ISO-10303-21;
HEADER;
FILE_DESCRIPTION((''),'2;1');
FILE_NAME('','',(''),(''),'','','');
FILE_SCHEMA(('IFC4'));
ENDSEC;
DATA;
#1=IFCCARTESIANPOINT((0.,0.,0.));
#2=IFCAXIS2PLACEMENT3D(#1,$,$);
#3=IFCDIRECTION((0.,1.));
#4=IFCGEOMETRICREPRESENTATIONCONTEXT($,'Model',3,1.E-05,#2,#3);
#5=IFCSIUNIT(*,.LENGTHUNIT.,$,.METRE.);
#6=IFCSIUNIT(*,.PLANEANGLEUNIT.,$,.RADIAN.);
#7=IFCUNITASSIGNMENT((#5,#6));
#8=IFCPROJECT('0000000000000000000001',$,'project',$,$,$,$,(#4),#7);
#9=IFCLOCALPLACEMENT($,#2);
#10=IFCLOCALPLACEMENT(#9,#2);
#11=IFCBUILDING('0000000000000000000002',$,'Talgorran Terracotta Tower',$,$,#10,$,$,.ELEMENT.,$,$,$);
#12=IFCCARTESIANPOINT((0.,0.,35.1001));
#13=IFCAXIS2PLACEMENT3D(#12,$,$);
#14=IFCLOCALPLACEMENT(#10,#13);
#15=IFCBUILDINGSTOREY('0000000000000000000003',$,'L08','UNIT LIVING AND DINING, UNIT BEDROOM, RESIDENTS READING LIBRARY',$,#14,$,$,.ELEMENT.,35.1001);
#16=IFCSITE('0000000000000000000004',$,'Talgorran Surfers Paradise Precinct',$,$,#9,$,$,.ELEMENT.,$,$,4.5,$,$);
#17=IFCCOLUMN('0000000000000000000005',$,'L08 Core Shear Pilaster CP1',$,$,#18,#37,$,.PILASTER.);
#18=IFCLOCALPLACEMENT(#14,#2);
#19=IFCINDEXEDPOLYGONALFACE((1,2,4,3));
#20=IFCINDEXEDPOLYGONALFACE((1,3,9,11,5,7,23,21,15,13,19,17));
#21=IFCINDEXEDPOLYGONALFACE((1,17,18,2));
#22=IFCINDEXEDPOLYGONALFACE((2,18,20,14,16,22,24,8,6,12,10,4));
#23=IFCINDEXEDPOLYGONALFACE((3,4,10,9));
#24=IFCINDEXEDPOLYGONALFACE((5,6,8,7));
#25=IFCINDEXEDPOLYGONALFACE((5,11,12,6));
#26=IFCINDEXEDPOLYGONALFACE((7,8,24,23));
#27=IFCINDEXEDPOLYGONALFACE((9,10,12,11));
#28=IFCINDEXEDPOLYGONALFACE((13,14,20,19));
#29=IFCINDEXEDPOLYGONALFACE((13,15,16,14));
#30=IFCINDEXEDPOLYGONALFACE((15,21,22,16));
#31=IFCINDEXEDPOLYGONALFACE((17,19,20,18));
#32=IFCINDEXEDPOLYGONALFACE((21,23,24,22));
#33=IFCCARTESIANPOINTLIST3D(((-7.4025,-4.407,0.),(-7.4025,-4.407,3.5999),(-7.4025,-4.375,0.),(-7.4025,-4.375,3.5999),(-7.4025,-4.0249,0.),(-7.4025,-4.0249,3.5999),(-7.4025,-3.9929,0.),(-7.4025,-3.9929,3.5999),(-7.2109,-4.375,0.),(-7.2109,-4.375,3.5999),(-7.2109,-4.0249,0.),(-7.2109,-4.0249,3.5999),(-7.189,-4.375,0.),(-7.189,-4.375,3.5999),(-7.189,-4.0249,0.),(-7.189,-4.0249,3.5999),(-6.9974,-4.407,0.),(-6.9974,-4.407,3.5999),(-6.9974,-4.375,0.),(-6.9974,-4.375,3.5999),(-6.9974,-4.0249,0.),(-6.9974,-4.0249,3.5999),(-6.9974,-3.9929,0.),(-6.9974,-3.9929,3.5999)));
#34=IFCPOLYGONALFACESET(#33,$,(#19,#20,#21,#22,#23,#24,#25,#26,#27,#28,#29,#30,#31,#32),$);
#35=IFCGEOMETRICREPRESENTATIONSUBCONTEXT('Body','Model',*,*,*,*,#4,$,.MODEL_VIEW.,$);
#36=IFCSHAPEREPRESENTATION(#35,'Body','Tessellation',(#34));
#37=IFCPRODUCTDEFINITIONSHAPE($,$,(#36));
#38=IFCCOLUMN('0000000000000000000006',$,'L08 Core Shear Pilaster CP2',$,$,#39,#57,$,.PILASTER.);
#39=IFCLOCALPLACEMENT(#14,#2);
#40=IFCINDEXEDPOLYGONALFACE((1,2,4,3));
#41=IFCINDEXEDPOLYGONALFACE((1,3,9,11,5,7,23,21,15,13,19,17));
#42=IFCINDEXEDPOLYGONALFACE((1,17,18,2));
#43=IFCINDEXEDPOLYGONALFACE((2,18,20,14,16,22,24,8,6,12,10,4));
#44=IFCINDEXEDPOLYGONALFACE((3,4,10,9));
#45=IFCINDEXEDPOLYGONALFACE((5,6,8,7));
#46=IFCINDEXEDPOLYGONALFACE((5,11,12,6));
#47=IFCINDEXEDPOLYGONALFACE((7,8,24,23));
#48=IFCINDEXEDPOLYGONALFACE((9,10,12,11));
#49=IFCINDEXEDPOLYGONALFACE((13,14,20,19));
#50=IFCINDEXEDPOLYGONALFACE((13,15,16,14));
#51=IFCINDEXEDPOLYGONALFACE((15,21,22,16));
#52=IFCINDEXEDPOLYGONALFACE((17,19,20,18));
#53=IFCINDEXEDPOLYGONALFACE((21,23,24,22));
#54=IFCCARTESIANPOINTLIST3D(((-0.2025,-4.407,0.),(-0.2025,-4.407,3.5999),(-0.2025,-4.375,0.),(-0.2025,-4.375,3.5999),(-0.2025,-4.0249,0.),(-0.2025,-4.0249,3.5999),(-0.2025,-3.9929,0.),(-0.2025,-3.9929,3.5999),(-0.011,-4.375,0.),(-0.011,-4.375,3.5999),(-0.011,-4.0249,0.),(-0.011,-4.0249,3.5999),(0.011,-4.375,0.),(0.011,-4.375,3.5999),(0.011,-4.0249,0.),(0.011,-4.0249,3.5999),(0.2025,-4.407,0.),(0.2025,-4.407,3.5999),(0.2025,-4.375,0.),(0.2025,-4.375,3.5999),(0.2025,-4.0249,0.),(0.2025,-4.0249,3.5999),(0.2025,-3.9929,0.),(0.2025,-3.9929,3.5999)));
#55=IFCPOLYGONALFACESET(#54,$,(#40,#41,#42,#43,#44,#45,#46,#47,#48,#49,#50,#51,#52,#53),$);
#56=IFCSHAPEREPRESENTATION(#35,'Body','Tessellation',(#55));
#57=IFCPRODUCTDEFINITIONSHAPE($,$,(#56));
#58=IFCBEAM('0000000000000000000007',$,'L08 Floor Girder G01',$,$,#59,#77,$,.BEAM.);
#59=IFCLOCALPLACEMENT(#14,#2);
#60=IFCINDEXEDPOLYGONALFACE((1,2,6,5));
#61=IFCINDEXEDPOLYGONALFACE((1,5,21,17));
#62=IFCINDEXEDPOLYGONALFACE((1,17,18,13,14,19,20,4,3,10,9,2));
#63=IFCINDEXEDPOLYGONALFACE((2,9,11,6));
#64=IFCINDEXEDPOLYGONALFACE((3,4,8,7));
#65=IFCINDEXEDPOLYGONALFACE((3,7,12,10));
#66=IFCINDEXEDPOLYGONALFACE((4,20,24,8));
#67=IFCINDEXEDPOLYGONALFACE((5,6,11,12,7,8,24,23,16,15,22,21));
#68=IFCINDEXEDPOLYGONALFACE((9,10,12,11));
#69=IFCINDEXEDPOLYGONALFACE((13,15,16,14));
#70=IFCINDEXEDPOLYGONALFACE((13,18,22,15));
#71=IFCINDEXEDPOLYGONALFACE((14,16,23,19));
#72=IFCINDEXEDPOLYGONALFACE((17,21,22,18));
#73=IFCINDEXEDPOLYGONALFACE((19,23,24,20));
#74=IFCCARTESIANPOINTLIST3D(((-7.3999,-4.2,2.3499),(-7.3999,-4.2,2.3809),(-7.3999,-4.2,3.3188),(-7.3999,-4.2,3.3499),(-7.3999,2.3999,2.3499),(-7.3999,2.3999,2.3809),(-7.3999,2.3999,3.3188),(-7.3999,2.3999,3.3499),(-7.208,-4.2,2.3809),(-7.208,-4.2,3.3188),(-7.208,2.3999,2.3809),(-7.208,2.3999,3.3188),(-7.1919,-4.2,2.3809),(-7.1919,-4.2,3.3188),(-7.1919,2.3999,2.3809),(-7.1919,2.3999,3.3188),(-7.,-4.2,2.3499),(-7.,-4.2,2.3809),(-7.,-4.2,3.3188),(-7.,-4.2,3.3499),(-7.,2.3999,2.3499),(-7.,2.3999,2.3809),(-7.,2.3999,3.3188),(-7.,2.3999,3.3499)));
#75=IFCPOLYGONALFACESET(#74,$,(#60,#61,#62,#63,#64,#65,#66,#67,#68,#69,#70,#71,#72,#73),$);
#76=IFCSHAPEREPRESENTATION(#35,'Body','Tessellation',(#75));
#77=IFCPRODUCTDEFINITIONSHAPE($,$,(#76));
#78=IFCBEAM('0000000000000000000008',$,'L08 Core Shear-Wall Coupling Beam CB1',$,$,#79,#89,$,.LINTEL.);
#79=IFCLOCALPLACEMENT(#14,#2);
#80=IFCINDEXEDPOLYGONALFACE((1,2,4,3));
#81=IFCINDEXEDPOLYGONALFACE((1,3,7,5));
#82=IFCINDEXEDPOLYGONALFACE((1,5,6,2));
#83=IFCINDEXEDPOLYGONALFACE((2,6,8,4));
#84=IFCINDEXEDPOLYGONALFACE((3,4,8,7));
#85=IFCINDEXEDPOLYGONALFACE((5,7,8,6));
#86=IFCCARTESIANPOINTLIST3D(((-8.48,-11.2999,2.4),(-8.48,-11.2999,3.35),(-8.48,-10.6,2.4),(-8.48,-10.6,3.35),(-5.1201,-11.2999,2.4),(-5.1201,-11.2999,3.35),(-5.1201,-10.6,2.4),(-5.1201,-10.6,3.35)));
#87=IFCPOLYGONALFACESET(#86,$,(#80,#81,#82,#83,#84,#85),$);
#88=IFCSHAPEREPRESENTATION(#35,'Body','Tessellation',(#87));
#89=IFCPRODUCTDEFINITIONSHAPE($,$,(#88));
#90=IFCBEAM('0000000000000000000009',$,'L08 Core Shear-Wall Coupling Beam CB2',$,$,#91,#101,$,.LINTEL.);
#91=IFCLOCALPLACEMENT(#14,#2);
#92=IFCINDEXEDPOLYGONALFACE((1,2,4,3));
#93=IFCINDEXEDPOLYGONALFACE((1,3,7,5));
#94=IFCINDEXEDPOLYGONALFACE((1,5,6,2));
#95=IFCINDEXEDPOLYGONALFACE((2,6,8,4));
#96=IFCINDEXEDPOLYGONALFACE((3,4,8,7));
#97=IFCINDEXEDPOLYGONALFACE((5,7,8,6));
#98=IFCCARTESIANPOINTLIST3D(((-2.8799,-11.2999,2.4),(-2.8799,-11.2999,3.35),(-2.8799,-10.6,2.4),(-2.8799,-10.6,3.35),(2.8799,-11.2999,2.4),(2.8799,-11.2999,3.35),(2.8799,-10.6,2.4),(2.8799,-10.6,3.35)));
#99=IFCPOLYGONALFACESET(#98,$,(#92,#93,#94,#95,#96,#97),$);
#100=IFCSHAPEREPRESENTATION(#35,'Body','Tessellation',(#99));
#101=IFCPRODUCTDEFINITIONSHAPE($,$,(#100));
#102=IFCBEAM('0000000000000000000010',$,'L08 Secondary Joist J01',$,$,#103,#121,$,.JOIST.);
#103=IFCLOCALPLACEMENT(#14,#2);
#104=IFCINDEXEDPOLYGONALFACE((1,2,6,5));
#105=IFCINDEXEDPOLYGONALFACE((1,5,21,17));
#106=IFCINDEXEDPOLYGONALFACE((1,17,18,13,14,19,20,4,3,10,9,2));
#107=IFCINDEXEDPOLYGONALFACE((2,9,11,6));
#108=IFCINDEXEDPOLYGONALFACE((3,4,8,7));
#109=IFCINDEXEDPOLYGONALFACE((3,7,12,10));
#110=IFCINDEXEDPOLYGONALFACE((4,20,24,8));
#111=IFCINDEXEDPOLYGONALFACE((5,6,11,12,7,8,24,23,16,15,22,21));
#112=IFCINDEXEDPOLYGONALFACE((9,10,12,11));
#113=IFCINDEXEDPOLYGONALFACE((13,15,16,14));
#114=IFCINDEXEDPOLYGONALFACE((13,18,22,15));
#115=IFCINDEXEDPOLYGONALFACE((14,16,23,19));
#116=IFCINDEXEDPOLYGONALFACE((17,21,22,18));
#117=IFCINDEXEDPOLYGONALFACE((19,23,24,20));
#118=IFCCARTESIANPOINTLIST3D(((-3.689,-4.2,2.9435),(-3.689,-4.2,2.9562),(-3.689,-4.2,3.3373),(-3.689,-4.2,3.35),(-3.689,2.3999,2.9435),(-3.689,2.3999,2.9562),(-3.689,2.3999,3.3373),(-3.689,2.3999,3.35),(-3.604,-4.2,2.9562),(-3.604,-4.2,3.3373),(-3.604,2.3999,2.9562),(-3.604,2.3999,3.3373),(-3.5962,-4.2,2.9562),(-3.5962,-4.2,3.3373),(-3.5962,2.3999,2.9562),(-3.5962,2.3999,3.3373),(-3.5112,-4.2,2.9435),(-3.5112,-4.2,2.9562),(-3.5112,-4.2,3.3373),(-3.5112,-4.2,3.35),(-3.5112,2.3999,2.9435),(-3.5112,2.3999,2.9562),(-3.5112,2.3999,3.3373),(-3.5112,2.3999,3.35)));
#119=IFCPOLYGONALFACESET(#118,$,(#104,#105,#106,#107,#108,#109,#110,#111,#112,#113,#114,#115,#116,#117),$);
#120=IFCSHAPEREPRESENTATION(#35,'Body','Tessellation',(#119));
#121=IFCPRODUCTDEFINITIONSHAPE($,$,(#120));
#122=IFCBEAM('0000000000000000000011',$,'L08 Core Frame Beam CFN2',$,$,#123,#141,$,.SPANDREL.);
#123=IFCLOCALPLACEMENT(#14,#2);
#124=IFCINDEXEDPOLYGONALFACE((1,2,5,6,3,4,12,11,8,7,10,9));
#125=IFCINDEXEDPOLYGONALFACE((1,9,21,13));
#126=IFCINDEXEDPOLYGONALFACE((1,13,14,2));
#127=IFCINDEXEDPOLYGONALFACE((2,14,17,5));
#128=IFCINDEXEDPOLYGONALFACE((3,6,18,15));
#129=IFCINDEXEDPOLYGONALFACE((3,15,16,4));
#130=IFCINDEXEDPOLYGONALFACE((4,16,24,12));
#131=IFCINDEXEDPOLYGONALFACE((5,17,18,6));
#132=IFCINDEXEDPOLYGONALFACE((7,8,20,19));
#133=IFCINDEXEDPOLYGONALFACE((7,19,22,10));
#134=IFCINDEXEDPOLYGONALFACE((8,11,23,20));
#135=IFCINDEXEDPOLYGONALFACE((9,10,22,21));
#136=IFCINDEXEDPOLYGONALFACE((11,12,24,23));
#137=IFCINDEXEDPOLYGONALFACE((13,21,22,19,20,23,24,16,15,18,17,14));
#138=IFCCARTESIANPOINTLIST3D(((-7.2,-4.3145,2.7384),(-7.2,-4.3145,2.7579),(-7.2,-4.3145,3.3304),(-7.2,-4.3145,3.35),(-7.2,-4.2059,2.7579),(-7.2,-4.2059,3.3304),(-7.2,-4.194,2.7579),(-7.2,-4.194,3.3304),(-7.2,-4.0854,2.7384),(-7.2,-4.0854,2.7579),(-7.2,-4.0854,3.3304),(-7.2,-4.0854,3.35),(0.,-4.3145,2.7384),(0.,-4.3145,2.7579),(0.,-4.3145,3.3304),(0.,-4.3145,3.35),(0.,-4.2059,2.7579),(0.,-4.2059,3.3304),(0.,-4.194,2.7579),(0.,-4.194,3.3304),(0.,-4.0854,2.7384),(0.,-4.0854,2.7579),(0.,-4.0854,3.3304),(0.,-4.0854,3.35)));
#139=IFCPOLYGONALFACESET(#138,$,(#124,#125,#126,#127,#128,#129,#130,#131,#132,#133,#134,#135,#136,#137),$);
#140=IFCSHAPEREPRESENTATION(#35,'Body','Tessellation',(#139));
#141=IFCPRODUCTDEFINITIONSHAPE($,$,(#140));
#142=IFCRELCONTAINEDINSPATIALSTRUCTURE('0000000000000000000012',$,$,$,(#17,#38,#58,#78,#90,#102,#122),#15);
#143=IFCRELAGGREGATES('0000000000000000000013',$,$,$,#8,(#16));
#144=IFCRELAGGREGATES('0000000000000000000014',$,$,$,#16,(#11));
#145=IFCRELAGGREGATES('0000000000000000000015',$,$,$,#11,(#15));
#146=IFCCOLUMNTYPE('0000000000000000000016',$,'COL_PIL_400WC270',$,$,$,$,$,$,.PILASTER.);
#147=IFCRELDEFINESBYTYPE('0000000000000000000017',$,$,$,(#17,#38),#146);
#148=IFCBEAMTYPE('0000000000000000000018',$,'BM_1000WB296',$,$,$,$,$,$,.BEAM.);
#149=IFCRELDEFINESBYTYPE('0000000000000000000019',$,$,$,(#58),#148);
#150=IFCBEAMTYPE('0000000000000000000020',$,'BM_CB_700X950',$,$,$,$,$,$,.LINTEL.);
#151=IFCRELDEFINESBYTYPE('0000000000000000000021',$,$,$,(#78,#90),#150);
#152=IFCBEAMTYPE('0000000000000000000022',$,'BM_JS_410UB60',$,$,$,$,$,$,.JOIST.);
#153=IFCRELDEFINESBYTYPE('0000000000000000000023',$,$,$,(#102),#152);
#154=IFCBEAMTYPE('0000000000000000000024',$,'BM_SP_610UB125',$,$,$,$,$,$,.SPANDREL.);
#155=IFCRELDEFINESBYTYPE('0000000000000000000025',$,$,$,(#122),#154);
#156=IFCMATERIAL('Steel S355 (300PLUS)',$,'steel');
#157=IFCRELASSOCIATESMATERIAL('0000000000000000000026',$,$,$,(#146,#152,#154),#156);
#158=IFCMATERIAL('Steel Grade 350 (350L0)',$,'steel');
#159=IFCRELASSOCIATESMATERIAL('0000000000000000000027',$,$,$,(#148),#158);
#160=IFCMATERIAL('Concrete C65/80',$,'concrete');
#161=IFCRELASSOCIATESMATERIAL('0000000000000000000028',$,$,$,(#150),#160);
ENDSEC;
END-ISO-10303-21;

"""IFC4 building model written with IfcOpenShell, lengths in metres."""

from ifc_helpers import new_model, si_unit, direction, frame, origin, origin_2d, place, context, subcontext, project, spatial, rectangle, i_section, extrude, material, material_profile, profile_set, type_object, element, save


model = new_model("IFC4")

# Units and contexts
model_context = context("Model", 3, precision=1e-05, world=origin(), true_north=direction((0.0, 1.0)))
body_context = subcontext(model_context, "Body", "Model", "MODEL_VIEW")
ifc_project = project(units=[si_unit("LENGTHUNIT", "METRE"), si_unit("PLANEANGLEUNIT", "RADIAN")], contexts=[model_context])

# Site, building, storey
site_placement = place(None, origin())
site = spatial("IfcSite", under=ifc_project, at=site_placement, Name="Talgorran Surfers Paradise Precinct", CompositionType="ELEMENT", RefElevation=4.5)
building_placement = place(site_placement, origin())
building = spatial("IfcBuilding", under=site, at=building_placement, Name="Talgorran Terracotta Tower", CompositionType="ELEMENT")
storey_placement = place(building_placement, frame((0.0, 0.0, 35.1001)))
storey = spatial("IfcBuildingStorey", under=building, at=storey_placement, Name="L08", Description="UNIT LIVING AND DINING, UNIT BEDROOM, RESIDENTS READING LIBRARY", CompositionType="ELEMENT", Elevation=35.1001)

# Columns
ifc_material_1 = material(Name="Steel S355 (300PLUS)", Category="steel")
ifc_material_profile_1 = material_profile(ifc_material_1, i_section(OverallWidth=0.405, OverallDepth=0.4141, WebThickness=0.022, FlangeThickness=0.032, at=origin_2d()), Name="400WC270")
ifc_profile_set_1 = profile_set([ifc_material_profile_1], Name="Steel S355 (300PLUS)")
column_type = type_object("IfcColumnType", Name="COL_PIL_400WC270", PredefinedType="PILASTER", material=ifc_profile_set_1)
for number, where, z_axis, x_axis, name in (
    (1, (-7.2, -4.2, 0.0), (0.0, 0.0, 1.0), (1.0, 0.0, 0.0), "L08 Core Shear Pilaster CP1"),
    (2, (0.0, -4.2, 0.0), (0.0, 0.0, 1.0), (1.0, 0.0, 0.0), "L08 Core Shear Pilaster CP2"),
):
    element("IfcColumn", number, at=place(storey_placement, frame(where, z_axis=z_axis, x_axis=x_axis)), inside=storey, type_object=column_type, Name=name, PredefinedType="PILASTER", context=body_context, shape_type="SweptSolid", body=[
        extrude(i_section(OverallWidth=0.405, OverallDepth=0.4141, WebThickness=0.022, FlangeThickness=0.032, at=origin_2d()), origin(), (0.0, 0.0, 1.0), 3.5999),
    ])

# Beams
ifc_material_2 = material(Name="Steel Grade 350 (350L0)", Category="steel")
ifc_material_profile_2 = material_profile(ifc_material_2, i_section(OverallWidth=0.3999, OverallDepth=1.0, WebThickness=0.0161, FlangeThickness=0.031, at=origin_2d()), Name="1000WB296")
ifc_profile_set_2 = profile_set([ifc_material_profile_2], Name="Steel Grade 350 (350L0)")
beam_type_1 = type_object("IfcBeamType", Name="BM_1000WB296", PredefinedType="BEAM", material=ifc_profile_set_2)
beam_1_placement = place(storey_placement, frame((-7.2, -4.2, 2.8499), z_axis=(0.0, 1.0, 0.0), x_axis=(-1.0, 0.0, 0.0)))
element("IfcBeam", 3, at=beam_1_placement, inside=storey, type_object=beam_type_1, Name="L08 Floor Girder G01", PredefinedType="BEAM", context=body_context, shape_type="SweptSolid", body=[
    extrude(i_section(OverallWidth=0.3999, OverallDepth=1.0, WebThickness=0.0161, FlangeThickness=0.031, at=origin_2d()), origin(), (0.0, 0.0, 1.0), 6.5999),
])
ifc_material_3 = material(Name="Concrete C65/80", Category="concrete")
ifc_material_profile_3 = material_profile(ifc_material_3, rectangle(XDim=0.7, YDim=0.95, at=origin_2d()), Name="RCCB700X950")
ifc_profile_set_3 = profile_set([ifc_material_profile_3], Name="Concrete C65/80")
beam_type_2 = type_object("IfcBeamType", Name="BM_CB_700X950", PredefinedType="LINTEL", material=ifc_profile_set_3)
beam_2_placement = place(storey_placement, frame((-8.48, -10.95, 2.875), z_axis=(1.0, 0.0, 0.0), x_axis=(0.0, 1.0, 0.0)))
element("IfcBeam", 4, at=beam_2_placement, inside=storey, type_object=beam_type_2, Name="L08 Core Shear-Wall Coupling Beam CB1", PredefinedType="LINTEL", context=body_context, shape_type="SweptSolid", body=[
    extrude(rectangle(XDim=0.7, YDim=0.95, at=origin_2d()), origin(), (0.0, 0.0, 1.0), 3.3599),
])
beam_3_placement = place(storey_placement, frame((-2.8799, -10.95, 2.875), z_axis=(1.0, 0.0, 0.0), x_axis=(0.0, 1.0, 0.0)))
element("IfcBeam", 5, at=beam_3_placement, inside=storey, type_object=beam_type_2, Name="L08 Core Shear-Wall Coupling Beam CB2", PredefinedType="LINTEL", context=body_context, shape_type="SweptSolid", body=[
    extrude(rectangle(XDim=0.7, YDim=0.95, at=origin_2d()), origin(), (0.0, 0.0, 1.0), 5.7598),
])
ifc_material_profile_4 = material_profile(ifc_material_1, i_section(OverallWidth=0.1777, OverallDepth=0.4065, WebThickness=0.0078, FlangeThickness=0.0127, at=origin_2d()), Name="410UB59.7")
ifc_profile_set_4 = profile_set([ifc_material_profile_4], Name="Steel S355 (300PLUS)")
beam_type_3 = type_object("IfcBeamType", Name="BM_JS_410UB60", PredefinedType="JOIST", material=ifc_profile_set_4)
beam_4_placement = place(storey_placement, frame((-3.6001, -4.2, 3.1467), z_axis=(0.0, 1.0, 0.0), x_axis=(-1.0, 0.0, 0.0)))
element("IfcBeam", 6, at=beam_4_placement, inside=storey, type_object=beam_type_3, Name="L08 Secondary Joist J01", PredefinedType="JOIST", context=body_context, shape_type="SweptSolid", body=[
    extrude(i_section(OverallWidth=0.1777, OverallDepth=0.4065, WebThickness=0.0078, FlangeThickness=0.0127, at=origin_2d()), origin(), (0.0, 0.0, 1.0), 6.5999),
])
ifc_material_profile_5 = material_profile(ifc_material_1, i_section(OverallWidth=0.229, OverallDepth=0.6116, WebThickness=0.012, FlangeThickness=0.0195, at=origin_2d()), Name="610UB125")
ifc_profile_set_5 = profile_set([ifc_material_profile_5], Name="Steel S355 (300PLUS)")
beam_type_4 = type_object("IfcBeamType", Name="BM_SP_610UB125", PredefinedType="SPANDREL", material=ifc_profile_set_5)
beam_5_placement = place(storey_placement, frame((-7.2, -4.2, 3.0442), z_axis=(1.0, 0.0, 0.0), x_axis=(0.0, 1.0, 0.0)))
element("IfcBeam", 7, at=beam_5_placement, inside=storey, type_object=beam_type_4, Name="L08 Core Frame Beam CFN2", PredefinedType="SPANDREL", context=body_context, shape_type="SweptSolid", body=[
    extrude(i_section(OverallWidth=0.229, OverallDepth=0.6116, WebThickness=0.012, FlangeThickness=0.0195, at=origin_2d()), origin(), (0.0, 0.0, 1.0), 7.2),
])

save(model, "model.ifc")
